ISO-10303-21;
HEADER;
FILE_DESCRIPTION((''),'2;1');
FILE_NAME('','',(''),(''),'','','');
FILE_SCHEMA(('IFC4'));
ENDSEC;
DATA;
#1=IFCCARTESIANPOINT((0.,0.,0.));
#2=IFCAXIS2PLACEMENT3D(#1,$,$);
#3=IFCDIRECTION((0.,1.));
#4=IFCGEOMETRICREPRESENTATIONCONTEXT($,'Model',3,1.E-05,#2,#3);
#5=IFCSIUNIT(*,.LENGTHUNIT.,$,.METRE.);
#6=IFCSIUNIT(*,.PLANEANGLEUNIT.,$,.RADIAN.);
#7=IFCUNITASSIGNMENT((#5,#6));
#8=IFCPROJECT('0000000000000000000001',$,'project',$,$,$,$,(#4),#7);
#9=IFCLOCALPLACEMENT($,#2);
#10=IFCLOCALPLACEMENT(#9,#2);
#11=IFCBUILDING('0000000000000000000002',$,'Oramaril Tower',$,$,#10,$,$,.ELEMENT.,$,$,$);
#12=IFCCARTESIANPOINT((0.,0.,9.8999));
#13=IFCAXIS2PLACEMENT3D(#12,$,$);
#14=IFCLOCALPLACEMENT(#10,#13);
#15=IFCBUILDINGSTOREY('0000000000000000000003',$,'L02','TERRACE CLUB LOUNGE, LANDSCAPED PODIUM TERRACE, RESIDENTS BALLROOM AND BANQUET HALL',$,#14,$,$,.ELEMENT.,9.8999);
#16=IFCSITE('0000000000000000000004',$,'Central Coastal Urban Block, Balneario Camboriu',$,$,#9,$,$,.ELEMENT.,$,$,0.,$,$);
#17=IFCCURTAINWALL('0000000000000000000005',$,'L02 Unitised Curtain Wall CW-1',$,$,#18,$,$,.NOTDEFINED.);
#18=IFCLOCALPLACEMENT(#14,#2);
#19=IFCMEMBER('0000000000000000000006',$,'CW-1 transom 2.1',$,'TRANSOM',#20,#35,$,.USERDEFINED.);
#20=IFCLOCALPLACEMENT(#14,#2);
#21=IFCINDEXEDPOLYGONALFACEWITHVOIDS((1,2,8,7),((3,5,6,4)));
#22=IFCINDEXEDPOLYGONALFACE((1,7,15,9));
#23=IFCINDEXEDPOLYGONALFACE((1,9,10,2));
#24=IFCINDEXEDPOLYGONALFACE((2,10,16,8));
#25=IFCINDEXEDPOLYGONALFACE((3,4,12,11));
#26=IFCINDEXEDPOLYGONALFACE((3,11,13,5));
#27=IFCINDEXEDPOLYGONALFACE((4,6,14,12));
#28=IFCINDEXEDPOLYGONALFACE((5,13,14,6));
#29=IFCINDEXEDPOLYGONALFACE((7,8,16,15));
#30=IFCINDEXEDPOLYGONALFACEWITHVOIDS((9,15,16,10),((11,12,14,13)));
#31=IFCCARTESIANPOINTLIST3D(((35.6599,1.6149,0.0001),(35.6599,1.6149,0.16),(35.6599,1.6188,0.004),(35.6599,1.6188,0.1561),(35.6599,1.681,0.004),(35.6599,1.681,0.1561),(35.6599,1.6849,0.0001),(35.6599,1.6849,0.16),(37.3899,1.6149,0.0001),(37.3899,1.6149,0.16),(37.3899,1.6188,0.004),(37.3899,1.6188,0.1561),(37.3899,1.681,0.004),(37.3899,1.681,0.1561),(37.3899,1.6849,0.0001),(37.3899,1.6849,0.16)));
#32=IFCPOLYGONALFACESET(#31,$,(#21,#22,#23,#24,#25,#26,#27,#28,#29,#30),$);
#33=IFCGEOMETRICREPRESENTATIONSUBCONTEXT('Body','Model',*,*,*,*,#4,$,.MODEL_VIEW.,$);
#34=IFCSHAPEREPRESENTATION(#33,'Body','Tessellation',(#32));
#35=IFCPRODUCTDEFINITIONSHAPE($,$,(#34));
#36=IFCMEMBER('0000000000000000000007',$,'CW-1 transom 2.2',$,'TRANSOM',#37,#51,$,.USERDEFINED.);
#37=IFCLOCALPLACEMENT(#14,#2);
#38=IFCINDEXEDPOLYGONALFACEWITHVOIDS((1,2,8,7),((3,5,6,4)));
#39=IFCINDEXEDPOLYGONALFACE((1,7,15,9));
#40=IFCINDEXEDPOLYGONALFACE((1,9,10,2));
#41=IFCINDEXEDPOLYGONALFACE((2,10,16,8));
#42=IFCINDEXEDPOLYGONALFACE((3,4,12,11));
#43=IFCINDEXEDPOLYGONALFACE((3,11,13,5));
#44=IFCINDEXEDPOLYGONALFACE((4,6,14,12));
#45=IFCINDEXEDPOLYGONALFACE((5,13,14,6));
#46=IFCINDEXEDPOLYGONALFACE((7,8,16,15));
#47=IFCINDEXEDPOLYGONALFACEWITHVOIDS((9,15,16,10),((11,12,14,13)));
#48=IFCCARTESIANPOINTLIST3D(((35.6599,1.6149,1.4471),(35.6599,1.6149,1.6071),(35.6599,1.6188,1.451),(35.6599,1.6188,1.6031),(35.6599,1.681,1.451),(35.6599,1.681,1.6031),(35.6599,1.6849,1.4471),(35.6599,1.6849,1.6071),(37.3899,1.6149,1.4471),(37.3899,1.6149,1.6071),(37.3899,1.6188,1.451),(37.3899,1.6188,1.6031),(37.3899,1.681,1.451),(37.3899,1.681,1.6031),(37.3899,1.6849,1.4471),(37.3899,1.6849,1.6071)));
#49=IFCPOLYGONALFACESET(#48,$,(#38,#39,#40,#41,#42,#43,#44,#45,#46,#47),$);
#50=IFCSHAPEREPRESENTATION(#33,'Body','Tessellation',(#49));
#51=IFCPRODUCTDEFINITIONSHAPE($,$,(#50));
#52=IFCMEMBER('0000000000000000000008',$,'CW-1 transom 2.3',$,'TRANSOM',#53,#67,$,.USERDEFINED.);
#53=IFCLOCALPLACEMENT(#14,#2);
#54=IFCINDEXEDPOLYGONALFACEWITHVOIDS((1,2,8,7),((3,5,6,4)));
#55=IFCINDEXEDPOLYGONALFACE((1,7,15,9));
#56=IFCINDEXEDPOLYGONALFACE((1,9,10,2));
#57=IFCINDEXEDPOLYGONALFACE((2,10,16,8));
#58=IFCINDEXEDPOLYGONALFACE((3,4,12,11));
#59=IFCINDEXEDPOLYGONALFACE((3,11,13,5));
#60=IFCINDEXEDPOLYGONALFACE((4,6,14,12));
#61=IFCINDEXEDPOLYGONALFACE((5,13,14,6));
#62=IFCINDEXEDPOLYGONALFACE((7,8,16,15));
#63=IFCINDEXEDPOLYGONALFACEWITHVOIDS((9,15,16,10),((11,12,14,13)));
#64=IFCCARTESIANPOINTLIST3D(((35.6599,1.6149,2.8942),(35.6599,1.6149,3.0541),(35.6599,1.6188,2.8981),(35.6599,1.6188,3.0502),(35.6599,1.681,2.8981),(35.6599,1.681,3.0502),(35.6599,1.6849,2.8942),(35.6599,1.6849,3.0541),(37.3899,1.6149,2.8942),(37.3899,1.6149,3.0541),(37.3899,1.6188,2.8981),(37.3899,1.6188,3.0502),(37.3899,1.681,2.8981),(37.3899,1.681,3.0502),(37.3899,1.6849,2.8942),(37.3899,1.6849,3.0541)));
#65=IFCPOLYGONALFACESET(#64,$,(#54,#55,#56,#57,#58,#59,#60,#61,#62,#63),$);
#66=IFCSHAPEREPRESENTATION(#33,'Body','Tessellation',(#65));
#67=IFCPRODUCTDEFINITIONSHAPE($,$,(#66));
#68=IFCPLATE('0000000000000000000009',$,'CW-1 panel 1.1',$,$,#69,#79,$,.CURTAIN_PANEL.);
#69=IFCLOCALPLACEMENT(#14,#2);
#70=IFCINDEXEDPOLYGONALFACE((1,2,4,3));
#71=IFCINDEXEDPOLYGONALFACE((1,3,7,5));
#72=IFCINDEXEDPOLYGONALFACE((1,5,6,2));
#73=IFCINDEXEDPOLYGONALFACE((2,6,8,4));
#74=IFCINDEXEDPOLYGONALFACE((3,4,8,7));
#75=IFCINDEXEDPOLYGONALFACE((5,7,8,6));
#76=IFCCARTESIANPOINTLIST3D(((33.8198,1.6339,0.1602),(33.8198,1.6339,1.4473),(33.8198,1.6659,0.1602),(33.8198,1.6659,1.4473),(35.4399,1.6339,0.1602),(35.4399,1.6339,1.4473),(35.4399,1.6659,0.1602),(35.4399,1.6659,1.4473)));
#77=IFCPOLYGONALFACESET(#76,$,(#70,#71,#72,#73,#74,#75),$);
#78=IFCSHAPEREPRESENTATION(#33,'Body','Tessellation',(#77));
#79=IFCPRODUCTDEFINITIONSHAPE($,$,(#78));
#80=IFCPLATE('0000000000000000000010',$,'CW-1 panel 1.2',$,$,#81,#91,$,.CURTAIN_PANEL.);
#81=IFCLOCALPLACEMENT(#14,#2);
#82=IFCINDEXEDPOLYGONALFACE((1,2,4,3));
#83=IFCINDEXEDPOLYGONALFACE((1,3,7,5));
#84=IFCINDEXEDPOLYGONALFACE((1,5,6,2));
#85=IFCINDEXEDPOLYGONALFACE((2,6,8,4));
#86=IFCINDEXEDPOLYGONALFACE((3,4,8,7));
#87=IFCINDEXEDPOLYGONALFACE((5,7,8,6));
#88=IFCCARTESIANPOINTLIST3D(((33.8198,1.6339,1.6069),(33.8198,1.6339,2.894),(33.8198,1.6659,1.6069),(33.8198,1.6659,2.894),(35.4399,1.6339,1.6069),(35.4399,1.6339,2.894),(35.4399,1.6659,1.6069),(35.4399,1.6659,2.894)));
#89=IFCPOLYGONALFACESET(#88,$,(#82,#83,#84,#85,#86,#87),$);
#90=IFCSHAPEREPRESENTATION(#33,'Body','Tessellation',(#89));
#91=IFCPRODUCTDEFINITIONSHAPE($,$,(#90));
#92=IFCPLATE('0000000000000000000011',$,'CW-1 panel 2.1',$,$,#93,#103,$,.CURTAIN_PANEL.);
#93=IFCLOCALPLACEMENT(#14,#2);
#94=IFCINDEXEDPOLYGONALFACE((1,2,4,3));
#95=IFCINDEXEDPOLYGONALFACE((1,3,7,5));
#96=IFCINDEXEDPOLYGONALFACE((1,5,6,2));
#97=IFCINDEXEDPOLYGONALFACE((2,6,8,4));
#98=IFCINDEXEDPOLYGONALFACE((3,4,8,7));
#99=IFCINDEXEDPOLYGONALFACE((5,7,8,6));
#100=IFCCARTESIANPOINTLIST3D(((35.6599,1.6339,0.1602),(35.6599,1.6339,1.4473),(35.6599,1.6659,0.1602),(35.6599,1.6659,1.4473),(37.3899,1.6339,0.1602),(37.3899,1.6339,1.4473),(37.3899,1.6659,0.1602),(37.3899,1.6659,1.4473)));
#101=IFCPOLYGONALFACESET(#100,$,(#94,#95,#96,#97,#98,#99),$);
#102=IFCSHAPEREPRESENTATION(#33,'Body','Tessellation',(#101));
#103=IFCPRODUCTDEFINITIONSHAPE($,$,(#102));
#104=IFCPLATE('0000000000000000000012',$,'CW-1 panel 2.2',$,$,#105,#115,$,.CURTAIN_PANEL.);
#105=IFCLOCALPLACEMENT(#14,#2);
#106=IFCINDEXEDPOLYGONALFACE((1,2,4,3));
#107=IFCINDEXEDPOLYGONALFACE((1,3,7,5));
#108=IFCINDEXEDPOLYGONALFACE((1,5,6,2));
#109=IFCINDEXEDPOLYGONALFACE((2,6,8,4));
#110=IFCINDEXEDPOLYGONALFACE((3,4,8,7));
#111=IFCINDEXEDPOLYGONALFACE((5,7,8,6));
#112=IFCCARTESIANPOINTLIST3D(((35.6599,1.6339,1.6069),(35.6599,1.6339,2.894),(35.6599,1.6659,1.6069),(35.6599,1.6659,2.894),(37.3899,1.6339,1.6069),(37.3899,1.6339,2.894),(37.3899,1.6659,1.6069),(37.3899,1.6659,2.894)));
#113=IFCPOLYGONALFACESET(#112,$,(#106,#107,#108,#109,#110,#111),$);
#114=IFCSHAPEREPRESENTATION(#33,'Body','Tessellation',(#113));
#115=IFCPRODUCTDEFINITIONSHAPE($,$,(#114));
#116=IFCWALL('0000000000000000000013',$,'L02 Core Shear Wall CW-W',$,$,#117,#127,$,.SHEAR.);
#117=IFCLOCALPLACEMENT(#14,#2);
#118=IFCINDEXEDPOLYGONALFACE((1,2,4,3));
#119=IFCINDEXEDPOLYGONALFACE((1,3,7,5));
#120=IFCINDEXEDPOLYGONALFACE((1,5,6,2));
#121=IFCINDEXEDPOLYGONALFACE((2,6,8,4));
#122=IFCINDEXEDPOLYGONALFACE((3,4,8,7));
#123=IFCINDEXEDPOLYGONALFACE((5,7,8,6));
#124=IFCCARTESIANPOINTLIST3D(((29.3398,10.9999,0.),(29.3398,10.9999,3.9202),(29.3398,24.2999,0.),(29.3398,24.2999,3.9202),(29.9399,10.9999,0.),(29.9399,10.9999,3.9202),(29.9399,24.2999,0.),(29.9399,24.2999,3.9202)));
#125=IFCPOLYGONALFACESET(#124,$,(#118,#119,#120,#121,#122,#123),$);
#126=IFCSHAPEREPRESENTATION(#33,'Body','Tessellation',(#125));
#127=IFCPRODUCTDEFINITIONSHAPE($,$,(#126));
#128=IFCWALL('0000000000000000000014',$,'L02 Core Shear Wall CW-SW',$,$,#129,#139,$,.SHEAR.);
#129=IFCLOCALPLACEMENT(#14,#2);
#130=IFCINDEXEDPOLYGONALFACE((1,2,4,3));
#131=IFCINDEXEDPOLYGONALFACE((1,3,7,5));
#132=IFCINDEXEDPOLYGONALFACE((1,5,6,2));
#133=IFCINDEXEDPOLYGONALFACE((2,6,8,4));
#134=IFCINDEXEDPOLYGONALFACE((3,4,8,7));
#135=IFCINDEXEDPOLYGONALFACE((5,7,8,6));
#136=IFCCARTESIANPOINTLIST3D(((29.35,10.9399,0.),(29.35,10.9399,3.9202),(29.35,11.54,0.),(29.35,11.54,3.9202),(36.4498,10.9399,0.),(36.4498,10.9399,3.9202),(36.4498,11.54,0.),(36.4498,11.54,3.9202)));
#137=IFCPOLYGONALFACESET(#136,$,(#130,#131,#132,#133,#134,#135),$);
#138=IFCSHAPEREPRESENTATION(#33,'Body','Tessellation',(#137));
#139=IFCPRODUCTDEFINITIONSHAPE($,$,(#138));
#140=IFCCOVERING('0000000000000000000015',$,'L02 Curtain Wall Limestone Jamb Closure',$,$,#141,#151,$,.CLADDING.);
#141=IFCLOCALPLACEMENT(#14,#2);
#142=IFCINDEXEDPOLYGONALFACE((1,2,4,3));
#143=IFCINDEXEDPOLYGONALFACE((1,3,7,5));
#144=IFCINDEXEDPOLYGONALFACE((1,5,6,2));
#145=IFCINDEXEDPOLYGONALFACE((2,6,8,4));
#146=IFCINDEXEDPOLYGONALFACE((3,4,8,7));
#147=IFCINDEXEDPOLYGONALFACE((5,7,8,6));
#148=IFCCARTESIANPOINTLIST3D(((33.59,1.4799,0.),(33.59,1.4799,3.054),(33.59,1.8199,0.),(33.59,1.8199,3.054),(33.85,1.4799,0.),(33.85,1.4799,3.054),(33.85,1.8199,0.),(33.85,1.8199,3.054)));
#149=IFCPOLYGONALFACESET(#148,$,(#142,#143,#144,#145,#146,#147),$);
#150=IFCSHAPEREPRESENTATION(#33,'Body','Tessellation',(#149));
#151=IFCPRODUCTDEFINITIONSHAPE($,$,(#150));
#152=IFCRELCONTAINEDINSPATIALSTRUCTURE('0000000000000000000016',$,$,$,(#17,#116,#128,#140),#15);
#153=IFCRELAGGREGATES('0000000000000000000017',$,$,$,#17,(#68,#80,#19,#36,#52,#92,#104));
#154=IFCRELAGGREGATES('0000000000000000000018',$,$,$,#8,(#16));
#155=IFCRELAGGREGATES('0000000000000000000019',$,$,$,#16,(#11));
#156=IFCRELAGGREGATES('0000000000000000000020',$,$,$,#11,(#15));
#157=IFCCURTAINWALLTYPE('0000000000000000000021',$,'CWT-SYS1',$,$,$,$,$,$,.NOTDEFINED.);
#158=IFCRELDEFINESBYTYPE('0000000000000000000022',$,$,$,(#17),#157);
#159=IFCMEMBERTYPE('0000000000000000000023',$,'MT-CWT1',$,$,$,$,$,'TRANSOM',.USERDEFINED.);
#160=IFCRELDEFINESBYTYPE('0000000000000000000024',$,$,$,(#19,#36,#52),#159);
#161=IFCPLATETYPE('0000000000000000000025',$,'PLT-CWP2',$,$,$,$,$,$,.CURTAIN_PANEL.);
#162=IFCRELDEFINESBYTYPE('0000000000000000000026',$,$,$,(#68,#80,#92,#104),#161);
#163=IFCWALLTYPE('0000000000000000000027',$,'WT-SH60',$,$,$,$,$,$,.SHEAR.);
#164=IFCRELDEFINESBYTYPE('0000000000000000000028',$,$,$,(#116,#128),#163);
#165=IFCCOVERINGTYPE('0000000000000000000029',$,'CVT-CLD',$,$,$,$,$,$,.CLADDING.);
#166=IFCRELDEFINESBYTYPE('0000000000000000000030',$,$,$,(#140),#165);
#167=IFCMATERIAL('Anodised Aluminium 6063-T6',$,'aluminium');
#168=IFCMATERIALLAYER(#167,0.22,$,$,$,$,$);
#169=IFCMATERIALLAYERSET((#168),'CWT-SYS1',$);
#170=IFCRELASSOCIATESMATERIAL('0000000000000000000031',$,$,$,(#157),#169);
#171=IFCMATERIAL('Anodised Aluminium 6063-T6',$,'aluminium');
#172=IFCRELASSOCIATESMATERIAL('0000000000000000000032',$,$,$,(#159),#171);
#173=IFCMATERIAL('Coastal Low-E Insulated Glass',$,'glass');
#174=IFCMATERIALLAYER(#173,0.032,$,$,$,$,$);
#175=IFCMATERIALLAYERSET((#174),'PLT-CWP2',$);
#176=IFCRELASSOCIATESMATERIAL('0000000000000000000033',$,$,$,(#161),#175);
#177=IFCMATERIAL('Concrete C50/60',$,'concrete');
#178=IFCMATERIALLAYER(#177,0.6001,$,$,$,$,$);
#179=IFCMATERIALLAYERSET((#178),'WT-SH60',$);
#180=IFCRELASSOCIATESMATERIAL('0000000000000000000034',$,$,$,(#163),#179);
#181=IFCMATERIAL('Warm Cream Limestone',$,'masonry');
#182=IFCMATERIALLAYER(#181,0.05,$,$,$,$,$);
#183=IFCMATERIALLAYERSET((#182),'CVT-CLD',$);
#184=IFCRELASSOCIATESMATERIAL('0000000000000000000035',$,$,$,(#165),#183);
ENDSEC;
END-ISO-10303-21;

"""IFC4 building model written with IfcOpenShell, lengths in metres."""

from ifc_helpers import new_model, si_unit, direction, frame, frame_2d, origin, origin_2d, place, context, subcontext, project, spatial, rectangle, hollow_rectangle, extrude, material, layer, layer_set, material_profile, profile_set, type_object, element, aggregate, save


model = new_model("IFC4")

# Units and contexts
model_context = context("Model", 3, precision=1e-05, world=origin(), true_north=direction((0.0, 1.0)))
body_context = subcontext(model_context, "Body", "Model", "MODEL_VIEW")
ifc_project = project(units=[si_unit("LENGTHUNIT", "METRE"), si_unit("PLANEANGLEUNIT", "RADIAN")], contexts=[model_context])

# Site, building, storey
site_placement = place(None, origin())
site = spatial("IfcSite", under=ifc_project, at=site_placement, Name="Central Coastal Urban Block, Balneario Camboriu", CompositionType="ELEMENT", RefElevation=0.0)
building_placement = place(site_placement, origin())
building = spatial("IfcBuilding", under=site, at=building_placement, Name="Oramaril Tower", CompositionType="ELEMENT")
storey_placement = place(building_placement, frame((0.0, 0.0, 9.8999)))
storey = spatial("IfcBuildingStorey", under=building, at=storey_placement, Name="L02", Description="TERRACE CLUB LOUNGE, LANDSCAPED PODIUM TERRACE, RESIDENTS BALLROOM AND BANQUET HALL", CompositionType="ELEMENT", Elevation=9.8999)

# Curtain wall, members, plates
ifc_material_1 = material(Name="Anodised Aluminium 6063-T6", Category="aluminium")
ifc_layer_1 = layer(ifc_material_1, 0.22)
ifc_layer_set_1 = layer_set([ifc_layer_1], Name="CWT-SYS1")
curtain_wall_type = type_object("IfcCurtainWallType", Name="CWT-SYS1", PredefinedType="NOTDEFINED", material=ifc_layer_set_1)
curtain_wall_placement = place(storey_placement, origin())
curtain_wall = element("IfcCurtainWall", 1, at=curtain_wall_placement, inside=storey, type_object=curtain_wall_type, Name="L02 Unitised Curtain Wall CW-1", PredefinedType="NOTDEFINED")
ifc_material_2 = material(Name="Anodised Aluminium 6063-T6", Category="aluminium")
ifc_material_profile_1 = material_profile(ifc_material_2, hollow_rectangle(XDim=0.0701, YDim=0.1599, WallThickness=0.0039, at=origin_2d()), Name="CWT160X70")
ifc_profile_set_1 = profile_set([ifc_material_profile_1], Name="Anodised Aluminium 6063-T6")
member_type_1 = type_object("IfcMemberType", Name="MT-CWT1", ElementType="TRANSOM", PredefinedType="USERDEFINED", material=ifc_profile_set_1)
member_1_placement = place(storey_placement, frame((35.6599, 1.6499, 0.0801), z_axis=(1.0, 0.0, 0.0), x_axis=(0.0, 1.0, 0.0)))
member_1 = element("IfcMember", 2, at=member_1_placement, type_object=member_type_1, Name="CW-1 transom 2.1", ObjectType="TRANSOM", PredefinedType="USERDEFINED", context=body_context, shape_type="SweptSolid", body=[
    extrude(hollow_rectangle(XDim=0.0701, YDim=0.1599, WallThickness=0.0039, at=origin_2d()), origin(), (0.0, 0.0, 1.0), 1.73),
])
member_2_placement = place(storey_placement, frame((35.6599, 1.6499, 1.5271), z_axis=(1.0, 0.0, 0.0), x_axis=(0.0, 1.0, 0.0)))
member_2 = element("IfcMember", 3, at=member_2_placement, type_object=member_type_1, Name="CW-1 transom 2.2", ObjectType="TRANSOM", PredefinedType="USERDEFINED", context=body_context, shape_type="SweptSolid", body=[
    extrude(hollow_rectangle(XDim=0.0701, YDim=0.1599, WallThickness=0.0039, at=origin_2d()), origin(), (0.0, 0.0, 1.0), 1.73),
])
member_3_placement = place(storey_placement, frame((35.6599, 1.6499, 2.9741), z_axis=(1.0, 0.0, 0.0), x_axis=(0.0, 1.0, 0.0)))
member_3 = element("IfcMember", 4, at=member_3_placement, type_object=member_type_1, Name="CW-1 transom 2.3", ObjectType="TRANSOM", PredefinedType="USERDEFINED", context=body_context, shape_type="SweptSolid", body=[
    extrude(hollow_rectangle(XDim=0.0701, YDim=0.1599, WallThickness=0.0039, at=origin_2d()), origin(), (0.0, 0.0, 1.0), 1.73),
])
ifc_material_3 = material(Name="Coastal Low-E Insulated Glass", Category="glass")
ifc_layer_2 = layer(ifc_material_3, 0.032)
ifc_layer_set_2 = layer_set([ifc_layer_2], Name="PLT-CWP2")
plate_type = type_object("IfcPlateType", Name="PLT-CWP2", PredefinedType="CURTAIN_PANEL", material=ifc_layer_set_2)
plate_1_placement = place(storey_placement, frame((34.6299, 1.6499, 0.1602), z_axis=(0.0, 0.0, 1.0), x_axis=(1.0, 0.0, 0.0)))
plate_1 = element("IfcPlate", 5, at=plate_1_placement, type_object=plate_type, Name="CW-1 panel 1.1", PredefinedType="CURTAIN_PANEL", context=body_context, shape_type="SweptSolid", body=[
    extrude(rectangle(XDim=1.6201, YDim=0.032, at=origin_2d()), origin(), (0.0, 0.0, 1.0), 1.2871),
])
plate_2_placement = place(storey_placement, frame((34.6299, 1.6499, 1.6069), z_axis=(0.0, 0.0, 1.0), x_axis=(1.0, 0.0, 0.0)))
plate_2 = element("IfcPlate", 6, at=plate_2_placement, type_object=plate_type, Name="CW-1 panel 1.2", PredefinedType="CURTAIN_PANEL", context=body_context, shape_type="SweptSolid", body=[
    extrude(rectangle(XDim=1.6201, YDim=0.032, at=origin_2d()), origin(), (0.0, 0.0, 1.0), 1.2871),
])
plate_3_placement = place(storey_placement, frame((36.5249, 1.6499, 0.1602), z_axis=(0.0, 0.0, 1.0), x_axis=(1.0, 0.0, 0.0)))
plate_3 = element("IfcPlate", 7, at=plate_3_placement, type_object=plate_type, Name="CW-1 panel 2.1", PredefinedType="CURTAIN_PANEL", context=body_context, shape_type="SweptSolid", body=[
    extrude(rectangle(XDim=1.73, YDim=0.032, at=origin_2d()), origin(), (0.0, 0.0, 1.0), 1.2871),
])
plate_4_placement = place(storey_placement, frame((36.5249, 1.6499, 1.6069), z_axis=(0.0, 0.0, 1.0), x_axis=(1.0, 0.0, 0.0)))
plate_4 = element("IfcPlate", 8, at=plate_4_placement, type_object=plate_type, Name="CW-1 panel 2.2", PredefinedType="CURTAIN_PANEL", context=body_context, shape_type="SweptSolid", body=[
    extrude(rectangle(XDim=1.73, YDim=0.032, at=origin_2d()), origin(), (0.0, 0.0, 1.0), 1.2871),
])
aggregate(curtain_wall, [plate_1, plate_2, member_1, member_2, member_3, plate_3, plate_4])

# Walls
ifc_material_4 = material(Name="Concrete C50/60", Category="concrete")
ifc_layer_3 = layer(ifc_material_4, 0.6001)
ifc_layer_set_3 = layer_set([ifc_layer_3], Name="WT-SH60")
wall_type = type_object("IfcWallType", Name="WT-SH60", PredefinedType="SHEAR", material=ifc_layer_set_3)
wall_1_placement = place(storey_placement, frame((29.6399, 11.0, 0.0), z_axis=(0.0, 0.0, 1.0), x_axis=(0.0, 1.0, 0.0)))
element("IfcWall", 9, at=wall_1_placement, inside=storey, type_object=wall_type, Name="L02 Core Shear Wall CW-W", PredefinedType="SHEAR", context=body_context, shape_type="SweptSolid", body=[
    extrude(rectangle(XDim=13.3, YDim=0.6001, at=frame_2d((6.6499, 0.0))), origin(), (0.0, 0.0, 1.0), 3.9202),
])
wall_2_placement = place(storey_placement, frame((29.3501, 11.24, 0.0), z_axis=(0.0, 0.0, 1.0), x_axis=(1.0, 0.0, 0.0)))
element("IfcWall", 10, at=wall_2_placement, inside=storey, type_object=wall_type, Name="L02 Core Shear Wall CW-SW", PredefinedType="SHEAR", context=body_context, shape_type="SweptSolid", body=[
    extrude(rectangle(XDim=7.0999, YDim=0.6001, at=frame_2d((3.5498, 0.0))), origin(), (0.0, 0.0, 1.0), 3.9202),
])

# Covering
ifc_material_5 = material(Name="Warm Cream Limestone", Category="masonry")
ifc_layer_4 = layer(ifc_material_5, 0.05)
ifc_layer_set_4 = layer_set([ifc_layer_4], Name="CVT-CLD")
covering_type = type_object("IfcCoveringType", Name="CVT-CLD", PredefinedType="CLADDING", material=ifc_layer_set_4)
covering_placement = place(storey_placement, frame((33.72, 1.6499, 0.0), z_axis=(0.0, 0.0, 1.0), x_axis=(1.0, 0.0, 0.0)))
element("IfcCovering", 11, at=covering_placement, inside=storey, type_object=covering_type, Name="L02 Curtain Wall Limestone Jamb Closure", PredefinedType="CLADDING", context=body_context, shape_type="SweptSolid", body=[
    extrude(rectangle(XDim=0.26, YDim=0.3401, at=origin_2d()), origin(), (0.0, 0.0, 1.0), 3.054),
])

save(model, "model.ifc")
